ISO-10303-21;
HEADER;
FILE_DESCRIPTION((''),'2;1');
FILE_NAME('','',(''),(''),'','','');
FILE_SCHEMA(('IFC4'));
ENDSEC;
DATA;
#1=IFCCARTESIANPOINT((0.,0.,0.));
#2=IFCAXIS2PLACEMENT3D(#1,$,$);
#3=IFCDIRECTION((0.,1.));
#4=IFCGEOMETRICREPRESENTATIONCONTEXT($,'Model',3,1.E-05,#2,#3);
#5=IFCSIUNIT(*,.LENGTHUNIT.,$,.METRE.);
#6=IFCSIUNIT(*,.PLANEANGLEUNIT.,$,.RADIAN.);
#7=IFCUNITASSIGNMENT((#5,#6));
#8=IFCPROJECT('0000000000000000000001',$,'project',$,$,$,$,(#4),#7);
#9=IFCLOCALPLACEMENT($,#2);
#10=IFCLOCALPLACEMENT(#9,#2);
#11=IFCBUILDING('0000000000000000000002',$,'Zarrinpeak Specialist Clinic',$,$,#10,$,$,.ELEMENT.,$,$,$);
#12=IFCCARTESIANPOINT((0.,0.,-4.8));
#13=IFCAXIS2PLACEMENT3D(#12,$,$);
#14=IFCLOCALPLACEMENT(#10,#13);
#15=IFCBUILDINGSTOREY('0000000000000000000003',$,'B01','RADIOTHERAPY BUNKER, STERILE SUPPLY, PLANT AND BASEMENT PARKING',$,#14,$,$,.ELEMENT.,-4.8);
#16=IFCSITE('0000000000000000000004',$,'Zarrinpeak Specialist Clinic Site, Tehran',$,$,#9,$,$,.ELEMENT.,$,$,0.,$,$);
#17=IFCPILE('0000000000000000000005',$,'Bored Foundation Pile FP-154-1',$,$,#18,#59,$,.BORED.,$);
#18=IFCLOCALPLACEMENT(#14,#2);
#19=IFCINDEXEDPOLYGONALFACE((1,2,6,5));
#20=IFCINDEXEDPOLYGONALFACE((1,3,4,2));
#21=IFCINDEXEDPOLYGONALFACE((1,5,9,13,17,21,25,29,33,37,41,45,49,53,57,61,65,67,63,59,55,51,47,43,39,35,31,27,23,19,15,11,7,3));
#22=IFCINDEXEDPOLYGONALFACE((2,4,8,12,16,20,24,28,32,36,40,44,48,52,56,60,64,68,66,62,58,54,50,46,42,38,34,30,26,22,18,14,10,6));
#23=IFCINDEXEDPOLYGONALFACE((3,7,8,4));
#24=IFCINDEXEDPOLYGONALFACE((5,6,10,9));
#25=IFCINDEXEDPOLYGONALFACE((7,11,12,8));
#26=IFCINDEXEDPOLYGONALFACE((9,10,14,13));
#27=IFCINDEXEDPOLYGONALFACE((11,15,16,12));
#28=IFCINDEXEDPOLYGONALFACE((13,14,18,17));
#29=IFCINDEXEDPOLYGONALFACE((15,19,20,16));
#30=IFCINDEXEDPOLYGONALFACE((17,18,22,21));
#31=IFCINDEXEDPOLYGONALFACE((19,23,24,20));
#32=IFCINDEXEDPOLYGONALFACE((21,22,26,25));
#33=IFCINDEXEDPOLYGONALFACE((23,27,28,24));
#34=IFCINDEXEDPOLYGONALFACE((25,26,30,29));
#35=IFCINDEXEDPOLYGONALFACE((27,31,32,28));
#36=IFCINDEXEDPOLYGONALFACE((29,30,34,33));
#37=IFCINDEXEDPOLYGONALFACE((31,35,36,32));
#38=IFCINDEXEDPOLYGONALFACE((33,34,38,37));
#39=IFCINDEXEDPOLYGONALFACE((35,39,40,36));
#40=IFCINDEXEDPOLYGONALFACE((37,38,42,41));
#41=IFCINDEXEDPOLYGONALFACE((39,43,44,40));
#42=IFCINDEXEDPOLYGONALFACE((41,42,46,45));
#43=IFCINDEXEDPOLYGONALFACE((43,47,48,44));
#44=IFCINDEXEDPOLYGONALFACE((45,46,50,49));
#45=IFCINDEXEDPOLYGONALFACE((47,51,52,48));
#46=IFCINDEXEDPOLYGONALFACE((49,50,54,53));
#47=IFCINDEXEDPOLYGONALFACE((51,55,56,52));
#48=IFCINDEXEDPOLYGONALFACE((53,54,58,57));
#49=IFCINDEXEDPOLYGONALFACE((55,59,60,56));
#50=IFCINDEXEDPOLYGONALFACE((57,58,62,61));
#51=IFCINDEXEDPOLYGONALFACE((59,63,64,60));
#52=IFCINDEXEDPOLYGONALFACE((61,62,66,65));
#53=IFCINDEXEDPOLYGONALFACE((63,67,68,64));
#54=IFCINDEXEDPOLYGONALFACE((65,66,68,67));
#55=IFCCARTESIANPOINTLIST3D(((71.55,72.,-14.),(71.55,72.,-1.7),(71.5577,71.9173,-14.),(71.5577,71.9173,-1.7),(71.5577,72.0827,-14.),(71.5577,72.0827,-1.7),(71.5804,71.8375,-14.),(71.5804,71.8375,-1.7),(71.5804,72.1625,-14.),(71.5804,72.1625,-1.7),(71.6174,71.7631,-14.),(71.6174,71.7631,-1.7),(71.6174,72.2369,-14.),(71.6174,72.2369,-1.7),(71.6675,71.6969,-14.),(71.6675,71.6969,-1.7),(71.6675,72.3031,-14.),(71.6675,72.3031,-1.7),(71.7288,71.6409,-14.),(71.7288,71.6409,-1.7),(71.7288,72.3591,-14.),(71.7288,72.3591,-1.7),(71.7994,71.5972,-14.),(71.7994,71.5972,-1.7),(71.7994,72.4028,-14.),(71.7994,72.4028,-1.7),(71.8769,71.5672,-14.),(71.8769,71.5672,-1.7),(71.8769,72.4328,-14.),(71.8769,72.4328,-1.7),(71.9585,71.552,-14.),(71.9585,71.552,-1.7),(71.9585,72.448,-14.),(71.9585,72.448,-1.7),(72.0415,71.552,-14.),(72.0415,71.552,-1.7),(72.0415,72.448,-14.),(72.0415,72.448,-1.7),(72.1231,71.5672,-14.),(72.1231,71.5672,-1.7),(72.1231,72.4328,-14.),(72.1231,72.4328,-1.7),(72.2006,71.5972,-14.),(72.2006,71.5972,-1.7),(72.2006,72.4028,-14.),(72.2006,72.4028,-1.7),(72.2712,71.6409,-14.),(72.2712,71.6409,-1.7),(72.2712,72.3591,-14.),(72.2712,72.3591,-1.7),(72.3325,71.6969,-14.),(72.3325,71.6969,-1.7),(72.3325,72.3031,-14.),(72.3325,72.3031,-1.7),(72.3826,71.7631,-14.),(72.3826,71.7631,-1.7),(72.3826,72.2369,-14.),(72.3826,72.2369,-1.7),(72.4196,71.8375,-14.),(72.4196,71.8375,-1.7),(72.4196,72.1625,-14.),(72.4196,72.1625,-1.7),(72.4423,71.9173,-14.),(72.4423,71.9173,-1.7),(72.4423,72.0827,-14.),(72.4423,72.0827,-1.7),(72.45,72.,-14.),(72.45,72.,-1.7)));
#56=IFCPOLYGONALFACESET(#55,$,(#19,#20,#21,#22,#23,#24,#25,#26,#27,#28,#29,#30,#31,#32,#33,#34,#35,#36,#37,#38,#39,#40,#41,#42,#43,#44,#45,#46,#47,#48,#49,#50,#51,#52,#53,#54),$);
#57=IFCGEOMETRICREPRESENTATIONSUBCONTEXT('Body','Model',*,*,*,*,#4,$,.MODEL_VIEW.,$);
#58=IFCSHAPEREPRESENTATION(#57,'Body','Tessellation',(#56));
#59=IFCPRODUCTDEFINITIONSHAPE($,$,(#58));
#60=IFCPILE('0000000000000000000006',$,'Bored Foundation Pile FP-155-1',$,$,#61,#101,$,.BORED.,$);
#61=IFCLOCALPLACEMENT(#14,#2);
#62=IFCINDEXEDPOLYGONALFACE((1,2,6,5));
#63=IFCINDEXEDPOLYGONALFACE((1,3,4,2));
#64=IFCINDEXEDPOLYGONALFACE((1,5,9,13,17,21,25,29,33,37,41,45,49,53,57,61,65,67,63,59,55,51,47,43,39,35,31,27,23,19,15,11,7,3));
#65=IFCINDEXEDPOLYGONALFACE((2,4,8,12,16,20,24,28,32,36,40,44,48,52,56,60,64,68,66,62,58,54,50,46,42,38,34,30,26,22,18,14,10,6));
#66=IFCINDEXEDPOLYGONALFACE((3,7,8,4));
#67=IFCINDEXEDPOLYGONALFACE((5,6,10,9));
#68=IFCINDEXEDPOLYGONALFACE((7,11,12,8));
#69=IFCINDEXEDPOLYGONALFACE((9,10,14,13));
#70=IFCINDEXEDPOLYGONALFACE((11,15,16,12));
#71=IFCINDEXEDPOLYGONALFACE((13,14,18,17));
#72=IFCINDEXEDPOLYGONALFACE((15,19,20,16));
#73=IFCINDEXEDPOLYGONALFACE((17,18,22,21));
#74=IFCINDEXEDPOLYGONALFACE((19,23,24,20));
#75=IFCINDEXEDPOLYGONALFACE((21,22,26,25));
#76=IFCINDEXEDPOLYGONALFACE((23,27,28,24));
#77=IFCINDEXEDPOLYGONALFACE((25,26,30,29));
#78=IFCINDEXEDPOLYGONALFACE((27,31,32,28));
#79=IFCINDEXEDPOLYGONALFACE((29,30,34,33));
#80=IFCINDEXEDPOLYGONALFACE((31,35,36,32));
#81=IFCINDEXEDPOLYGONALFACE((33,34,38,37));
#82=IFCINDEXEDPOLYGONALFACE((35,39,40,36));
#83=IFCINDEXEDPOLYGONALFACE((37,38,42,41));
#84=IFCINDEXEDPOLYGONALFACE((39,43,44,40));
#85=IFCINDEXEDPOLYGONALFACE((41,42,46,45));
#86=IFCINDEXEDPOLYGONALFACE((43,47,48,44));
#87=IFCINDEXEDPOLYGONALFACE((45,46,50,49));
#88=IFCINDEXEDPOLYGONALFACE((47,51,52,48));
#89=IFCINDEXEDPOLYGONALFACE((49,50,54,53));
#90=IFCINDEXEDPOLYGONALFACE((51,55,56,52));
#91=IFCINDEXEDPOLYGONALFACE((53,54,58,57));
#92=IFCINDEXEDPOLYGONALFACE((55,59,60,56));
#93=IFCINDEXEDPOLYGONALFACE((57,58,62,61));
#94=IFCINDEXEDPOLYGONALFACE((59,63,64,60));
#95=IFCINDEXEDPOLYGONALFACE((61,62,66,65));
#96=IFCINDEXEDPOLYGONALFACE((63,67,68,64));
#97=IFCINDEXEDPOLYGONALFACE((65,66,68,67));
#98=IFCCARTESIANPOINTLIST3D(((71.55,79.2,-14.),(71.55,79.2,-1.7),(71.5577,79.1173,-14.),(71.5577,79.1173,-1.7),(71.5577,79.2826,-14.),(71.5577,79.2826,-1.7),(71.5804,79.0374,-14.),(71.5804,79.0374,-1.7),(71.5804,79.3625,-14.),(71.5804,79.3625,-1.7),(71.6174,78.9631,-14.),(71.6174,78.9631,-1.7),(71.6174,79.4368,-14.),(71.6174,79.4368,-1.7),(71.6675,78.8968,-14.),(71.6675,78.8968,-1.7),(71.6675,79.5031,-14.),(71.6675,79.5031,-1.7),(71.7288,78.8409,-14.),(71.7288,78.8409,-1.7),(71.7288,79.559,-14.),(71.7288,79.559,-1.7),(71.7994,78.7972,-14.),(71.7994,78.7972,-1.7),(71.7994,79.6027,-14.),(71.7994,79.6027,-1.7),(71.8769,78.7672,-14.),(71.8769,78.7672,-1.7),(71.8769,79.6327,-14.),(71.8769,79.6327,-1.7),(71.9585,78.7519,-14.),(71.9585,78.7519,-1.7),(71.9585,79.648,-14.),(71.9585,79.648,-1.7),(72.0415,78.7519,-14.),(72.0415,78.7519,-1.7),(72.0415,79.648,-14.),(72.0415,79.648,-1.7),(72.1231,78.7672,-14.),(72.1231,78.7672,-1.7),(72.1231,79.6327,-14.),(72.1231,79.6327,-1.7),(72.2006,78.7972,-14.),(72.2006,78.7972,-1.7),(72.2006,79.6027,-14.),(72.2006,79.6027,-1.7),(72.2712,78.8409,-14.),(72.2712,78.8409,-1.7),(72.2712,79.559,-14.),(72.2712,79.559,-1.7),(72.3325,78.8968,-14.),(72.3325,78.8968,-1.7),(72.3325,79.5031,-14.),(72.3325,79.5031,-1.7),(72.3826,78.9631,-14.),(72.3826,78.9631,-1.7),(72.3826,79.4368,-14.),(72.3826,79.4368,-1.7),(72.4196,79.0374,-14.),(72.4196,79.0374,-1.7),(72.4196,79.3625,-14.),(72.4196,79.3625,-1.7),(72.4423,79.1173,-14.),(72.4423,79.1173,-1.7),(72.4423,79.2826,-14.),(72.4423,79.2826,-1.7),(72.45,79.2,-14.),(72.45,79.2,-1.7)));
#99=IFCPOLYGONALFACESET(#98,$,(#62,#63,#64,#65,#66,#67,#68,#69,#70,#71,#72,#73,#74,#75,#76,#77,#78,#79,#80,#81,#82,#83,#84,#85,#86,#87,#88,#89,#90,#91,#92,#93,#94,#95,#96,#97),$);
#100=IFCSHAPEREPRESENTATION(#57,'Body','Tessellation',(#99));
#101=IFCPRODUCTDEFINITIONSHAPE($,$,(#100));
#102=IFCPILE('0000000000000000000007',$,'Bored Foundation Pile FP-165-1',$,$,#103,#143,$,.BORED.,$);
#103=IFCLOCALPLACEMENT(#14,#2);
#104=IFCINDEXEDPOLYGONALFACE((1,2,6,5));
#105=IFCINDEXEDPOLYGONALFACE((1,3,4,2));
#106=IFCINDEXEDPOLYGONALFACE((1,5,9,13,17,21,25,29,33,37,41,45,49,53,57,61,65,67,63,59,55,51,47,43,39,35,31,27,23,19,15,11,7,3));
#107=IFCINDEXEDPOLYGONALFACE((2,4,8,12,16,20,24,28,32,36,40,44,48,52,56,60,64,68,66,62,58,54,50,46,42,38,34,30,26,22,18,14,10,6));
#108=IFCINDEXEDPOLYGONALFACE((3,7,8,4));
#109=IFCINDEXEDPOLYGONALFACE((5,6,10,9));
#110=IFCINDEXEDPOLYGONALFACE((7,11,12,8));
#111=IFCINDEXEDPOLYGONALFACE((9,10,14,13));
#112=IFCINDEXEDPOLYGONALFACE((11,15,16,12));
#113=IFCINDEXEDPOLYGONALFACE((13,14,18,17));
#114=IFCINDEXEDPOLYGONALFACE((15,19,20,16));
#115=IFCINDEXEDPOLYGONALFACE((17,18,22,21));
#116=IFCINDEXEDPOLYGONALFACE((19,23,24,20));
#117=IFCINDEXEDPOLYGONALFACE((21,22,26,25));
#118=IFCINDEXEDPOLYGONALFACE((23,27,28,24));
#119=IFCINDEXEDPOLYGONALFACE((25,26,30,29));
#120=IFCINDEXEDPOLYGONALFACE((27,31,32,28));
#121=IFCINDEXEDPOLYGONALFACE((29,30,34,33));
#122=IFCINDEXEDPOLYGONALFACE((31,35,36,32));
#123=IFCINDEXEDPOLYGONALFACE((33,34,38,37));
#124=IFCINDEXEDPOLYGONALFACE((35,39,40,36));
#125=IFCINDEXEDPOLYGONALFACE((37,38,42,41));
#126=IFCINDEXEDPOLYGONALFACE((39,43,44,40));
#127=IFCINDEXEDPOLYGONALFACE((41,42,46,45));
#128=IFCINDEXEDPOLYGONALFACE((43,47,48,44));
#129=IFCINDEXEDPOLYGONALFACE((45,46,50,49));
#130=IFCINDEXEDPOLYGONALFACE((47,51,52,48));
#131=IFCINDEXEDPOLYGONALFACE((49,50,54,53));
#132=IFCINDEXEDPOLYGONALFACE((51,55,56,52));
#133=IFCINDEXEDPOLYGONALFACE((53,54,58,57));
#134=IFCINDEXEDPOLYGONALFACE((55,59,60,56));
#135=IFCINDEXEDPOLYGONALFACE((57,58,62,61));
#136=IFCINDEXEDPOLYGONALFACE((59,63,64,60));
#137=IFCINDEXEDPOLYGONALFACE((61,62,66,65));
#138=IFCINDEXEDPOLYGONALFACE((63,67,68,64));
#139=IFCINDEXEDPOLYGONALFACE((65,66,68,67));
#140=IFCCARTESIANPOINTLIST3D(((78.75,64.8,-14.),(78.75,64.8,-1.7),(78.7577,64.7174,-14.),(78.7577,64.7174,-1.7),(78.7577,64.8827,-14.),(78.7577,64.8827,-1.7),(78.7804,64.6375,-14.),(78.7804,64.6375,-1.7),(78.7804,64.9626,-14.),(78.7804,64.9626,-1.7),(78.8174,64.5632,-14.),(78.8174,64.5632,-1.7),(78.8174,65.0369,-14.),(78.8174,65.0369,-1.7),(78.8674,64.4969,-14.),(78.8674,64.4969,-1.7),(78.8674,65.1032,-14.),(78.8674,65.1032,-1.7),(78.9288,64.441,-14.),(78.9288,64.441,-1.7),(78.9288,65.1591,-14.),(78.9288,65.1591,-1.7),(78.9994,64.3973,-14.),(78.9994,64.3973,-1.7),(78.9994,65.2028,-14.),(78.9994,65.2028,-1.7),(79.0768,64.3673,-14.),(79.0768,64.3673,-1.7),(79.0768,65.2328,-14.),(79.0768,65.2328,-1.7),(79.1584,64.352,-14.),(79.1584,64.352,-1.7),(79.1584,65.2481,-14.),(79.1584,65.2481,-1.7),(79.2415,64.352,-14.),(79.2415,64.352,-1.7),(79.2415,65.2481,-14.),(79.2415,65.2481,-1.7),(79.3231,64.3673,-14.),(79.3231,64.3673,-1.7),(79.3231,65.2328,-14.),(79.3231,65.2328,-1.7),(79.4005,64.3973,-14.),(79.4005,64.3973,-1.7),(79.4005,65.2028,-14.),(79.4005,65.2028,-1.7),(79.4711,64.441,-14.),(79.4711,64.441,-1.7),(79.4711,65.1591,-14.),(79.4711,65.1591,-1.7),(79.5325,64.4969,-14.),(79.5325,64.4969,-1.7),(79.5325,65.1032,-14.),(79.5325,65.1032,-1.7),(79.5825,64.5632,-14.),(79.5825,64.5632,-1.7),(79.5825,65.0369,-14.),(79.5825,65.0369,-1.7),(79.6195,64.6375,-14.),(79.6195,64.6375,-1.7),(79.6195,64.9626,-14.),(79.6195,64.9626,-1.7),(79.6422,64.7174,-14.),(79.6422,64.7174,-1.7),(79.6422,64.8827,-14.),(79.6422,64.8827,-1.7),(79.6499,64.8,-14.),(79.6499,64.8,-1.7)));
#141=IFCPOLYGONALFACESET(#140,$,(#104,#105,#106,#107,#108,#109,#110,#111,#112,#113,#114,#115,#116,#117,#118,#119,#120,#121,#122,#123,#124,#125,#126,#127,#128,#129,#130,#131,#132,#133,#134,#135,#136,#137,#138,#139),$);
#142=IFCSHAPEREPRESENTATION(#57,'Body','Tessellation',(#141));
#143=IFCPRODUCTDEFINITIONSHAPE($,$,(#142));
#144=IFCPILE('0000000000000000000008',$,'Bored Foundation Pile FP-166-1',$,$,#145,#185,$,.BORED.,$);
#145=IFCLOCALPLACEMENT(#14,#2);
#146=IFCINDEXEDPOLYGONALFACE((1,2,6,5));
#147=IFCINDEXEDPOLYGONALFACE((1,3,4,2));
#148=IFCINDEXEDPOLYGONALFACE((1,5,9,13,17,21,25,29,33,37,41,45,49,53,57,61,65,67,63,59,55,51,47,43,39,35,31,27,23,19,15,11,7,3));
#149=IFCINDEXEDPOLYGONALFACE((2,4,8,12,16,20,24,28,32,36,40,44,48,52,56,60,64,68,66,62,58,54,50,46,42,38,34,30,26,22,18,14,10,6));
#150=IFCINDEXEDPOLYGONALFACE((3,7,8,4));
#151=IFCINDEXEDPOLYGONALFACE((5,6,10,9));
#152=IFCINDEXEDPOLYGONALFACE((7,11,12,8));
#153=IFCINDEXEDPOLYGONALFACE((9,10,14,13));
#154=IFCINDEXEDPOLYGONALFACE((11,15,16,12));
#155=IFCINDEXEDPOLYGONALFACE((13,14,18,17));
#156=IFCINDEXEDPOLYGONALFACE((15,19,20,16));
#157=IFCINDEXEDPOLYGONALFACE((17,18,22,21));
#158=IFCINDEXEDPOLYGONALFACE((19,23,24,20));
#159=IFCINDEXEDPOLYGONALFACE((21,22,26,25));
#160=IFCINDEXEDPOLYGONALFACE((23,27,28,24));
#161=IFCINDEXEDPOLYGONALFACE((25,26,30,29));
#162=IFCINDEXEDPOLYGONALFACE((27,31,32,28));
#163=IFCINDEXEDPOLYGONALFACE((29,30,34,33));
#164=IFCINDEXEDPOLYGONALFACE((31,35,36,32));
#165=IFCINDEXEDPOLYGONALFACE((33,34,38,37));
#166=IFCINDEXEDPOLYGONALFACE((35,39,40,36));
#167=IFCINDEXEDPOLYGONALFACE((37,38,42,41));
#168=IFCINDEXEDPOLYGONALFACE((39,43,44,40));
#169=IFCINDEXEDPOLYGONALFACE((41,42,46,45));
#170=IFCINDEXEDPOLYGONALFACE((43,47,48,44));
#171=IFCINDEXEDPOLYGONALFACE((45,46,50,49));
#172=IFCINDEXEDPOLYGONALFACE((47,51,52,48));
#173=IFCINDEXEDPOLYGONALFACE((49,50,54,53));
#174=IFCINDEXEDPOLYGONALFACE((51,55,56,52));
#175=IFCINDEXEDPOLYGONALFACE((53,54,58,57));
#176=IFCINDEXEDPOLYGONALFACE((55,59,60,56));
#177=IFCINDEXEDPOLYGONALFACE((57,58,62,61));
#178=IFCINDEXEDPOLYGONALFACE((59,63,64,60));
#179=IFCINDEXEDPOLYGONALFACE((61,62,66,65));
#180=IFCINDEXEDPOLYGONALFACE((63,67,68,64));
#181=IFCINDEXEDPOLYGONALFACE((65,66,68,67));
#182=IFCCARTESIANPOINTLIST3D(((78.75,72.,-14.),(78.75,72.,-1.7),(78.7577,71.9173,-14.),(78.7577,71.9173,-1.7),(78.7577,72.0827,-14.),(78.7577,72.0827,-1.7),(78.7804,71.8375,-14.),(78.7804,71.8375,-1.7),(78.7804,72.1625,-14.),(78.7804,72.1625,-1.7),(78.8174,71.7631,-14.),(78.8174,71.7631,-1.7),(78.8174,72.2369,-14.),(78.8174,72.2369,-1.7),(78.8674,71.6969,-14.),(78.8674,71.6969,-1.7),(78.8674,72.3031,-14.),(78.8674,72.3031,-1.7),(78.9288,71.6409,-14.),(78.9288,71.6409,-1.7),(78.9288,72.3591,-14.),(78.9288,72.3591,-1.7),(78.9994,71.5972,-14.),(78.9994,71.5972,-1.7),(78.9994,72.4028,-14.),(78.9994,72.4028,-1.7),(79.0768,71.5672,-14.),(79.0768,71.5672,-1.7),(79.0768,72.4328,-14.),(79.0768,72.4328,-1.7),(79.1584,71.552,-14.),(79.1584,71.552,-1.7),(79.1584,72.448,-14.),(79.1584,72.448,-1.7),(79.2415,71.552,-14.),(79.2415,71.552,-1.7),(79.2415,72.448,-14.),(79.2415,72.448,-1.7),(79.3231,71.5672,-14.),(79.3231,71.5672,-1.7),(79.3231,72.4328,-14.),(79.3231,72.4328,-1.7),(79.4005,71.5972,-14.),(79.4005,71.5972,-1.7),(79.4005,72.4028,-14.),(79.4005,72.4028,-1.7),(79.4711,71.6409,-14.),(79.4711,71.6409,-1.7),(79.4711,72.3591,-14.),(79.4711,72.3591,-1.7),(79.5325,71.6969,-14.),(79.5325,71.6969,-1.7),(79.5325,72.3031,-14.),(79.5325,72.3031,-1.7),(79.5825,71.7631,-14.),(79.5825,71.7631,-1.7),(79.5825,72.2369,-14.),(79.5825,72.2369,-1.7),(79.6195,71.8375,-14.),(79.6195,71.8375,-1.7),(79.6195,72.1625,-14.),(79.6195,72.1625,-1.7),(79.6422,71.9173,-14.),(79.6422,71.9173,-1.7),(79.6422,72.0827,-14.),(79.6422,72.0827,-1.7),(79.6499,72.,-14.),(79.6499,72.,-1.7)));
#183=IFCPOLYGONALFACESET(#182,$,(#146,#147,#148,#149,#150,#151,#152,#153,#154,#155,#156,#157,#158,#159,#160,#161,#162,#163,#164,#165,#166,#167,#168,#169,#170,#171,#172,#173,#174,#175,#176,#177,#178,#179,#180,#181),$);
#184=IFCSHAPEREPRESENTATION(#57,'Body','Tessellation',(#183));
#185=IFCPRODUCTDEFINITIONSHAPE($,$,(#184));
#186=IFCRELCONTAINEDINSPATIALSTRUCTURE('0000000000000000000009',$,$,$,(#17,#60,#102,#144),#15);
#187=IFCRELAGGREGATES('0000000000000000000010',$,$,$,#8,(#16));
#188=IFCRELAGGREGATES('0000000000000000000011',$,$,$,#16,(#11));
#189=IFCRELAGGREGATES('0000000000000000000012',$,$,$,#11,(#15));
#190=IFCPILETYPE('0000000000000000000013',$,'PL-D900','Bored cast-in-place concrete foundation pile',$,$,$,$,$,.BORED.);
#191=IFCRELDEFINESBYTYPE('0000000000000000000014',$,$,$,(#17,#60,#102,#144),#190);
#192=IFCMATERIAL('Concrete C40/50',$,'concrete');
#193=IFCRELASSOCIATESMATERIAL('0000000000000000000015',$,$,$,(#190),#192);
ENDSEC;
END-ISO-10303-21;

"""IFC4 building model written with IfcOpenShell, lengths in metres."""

from ifc_helpers import new_model, si_unit, direction, frame, origin, origin_2d, place, context, subcontext, project, spatial, circle, extrude, material, material_profile, profile_set, type_object, element, save


model = new_model("IFC4")

# Units and contexts
model_context = context("Model", 3, precision=1e-05, world=origin(), true_north=direction((0.0, 1.0)))
body_context = subcontext(model_context, "Body", "Model", "MODEL_VIEW")
ifc_project = project(units=[si_unit("LENGTHUNIT", "METRE"), si_unit("PLANEANGLEUNIT", "RADIAN")], contexts=[model_context])

# Site, building, storey
site_placement = place(None, origin())
site = spatial("IfcSite", under=ifc_project, at=site_placement, Name="Zarrinpeak Specialist Clinic Site, Tehran", CompositionType="ELEMENT", RefElevation=0.0)
building_placement = place(site_placement, origin())
building = spatial("IfcBuilding", under=site, at=building_placement, Name="Zarrinpeak Specialist Clinic", CompositionType="ELEMENT")
storey_placement = place(building_placement, frame((0.0, 0.0, -4.8)))
storey = spatial("IfcBuildingStorey", under=building, at=storey_placement, Name="B01", Description="RADIOTHERAPY BUNKER, STERILE SUPPLY, PLANT AND BASEMENT PARKING", CompositionType="ELEMENT", Elevation=-4.8)

# Shared definitions
ifc_material = material(Name="Concrete C40/50", Category="concrete")

# Piles
ifc_material_profile_1 = material_profile(ifc_material, circle(Radius=0.45, at=origin_2d()), Name="BORED PILE D900")
ifc_profile_set_1 = profile_set([ifc_material_profile_1], Name="Concrete C40/50")
pile_type = type_object("IfcPileType", Name="PL-D900", Description="Bored cast-in-place concrete foundation pile", PredefinedType="BORED", material=ifc_profile_set_1)
for number, where, z_axis, x_axis, name in (
    (1, (72.0, 72.0, -1.7), (0.0, 0.0, -1.0), (1.0, 0.0, 0.0), "Bored Foundation Pile FP-154-1"),
    (2, (72.0, 79.2, -1.7), (0.0, 0.0, -1.0), (1.0, 0.0, 0.0), "Bored Foundation Pile FP-155-1"),
    (3, (79.2, 64.8, -1.7), (0.0, 0.0, -1.0), (1.0, 0.0, 0.0), "Bored Foundation Pile FP-165-1"),
    (4, (79.2, 72.0, -1.7), (0.0, 0.0, -1.0), (1.0, 0.0, 0.0), "Bored Foundation Pile FP-166-1"),
):
    element("IfcPile", number, at=place(storey_placement, frame(where, z_axis=z_axis, x_axis=x_axis)), inside=storey, type_object=pile_type, Name=name, PredefinedType="BORED", context=body_context, shape_type="SweptSolid", body=[
        extrude(circle(Radius=0.45, at=origin_2d()), origin(), (0.0, 0.0, 1.0), 12.3),
    ])

save(model, "model.ifc")
